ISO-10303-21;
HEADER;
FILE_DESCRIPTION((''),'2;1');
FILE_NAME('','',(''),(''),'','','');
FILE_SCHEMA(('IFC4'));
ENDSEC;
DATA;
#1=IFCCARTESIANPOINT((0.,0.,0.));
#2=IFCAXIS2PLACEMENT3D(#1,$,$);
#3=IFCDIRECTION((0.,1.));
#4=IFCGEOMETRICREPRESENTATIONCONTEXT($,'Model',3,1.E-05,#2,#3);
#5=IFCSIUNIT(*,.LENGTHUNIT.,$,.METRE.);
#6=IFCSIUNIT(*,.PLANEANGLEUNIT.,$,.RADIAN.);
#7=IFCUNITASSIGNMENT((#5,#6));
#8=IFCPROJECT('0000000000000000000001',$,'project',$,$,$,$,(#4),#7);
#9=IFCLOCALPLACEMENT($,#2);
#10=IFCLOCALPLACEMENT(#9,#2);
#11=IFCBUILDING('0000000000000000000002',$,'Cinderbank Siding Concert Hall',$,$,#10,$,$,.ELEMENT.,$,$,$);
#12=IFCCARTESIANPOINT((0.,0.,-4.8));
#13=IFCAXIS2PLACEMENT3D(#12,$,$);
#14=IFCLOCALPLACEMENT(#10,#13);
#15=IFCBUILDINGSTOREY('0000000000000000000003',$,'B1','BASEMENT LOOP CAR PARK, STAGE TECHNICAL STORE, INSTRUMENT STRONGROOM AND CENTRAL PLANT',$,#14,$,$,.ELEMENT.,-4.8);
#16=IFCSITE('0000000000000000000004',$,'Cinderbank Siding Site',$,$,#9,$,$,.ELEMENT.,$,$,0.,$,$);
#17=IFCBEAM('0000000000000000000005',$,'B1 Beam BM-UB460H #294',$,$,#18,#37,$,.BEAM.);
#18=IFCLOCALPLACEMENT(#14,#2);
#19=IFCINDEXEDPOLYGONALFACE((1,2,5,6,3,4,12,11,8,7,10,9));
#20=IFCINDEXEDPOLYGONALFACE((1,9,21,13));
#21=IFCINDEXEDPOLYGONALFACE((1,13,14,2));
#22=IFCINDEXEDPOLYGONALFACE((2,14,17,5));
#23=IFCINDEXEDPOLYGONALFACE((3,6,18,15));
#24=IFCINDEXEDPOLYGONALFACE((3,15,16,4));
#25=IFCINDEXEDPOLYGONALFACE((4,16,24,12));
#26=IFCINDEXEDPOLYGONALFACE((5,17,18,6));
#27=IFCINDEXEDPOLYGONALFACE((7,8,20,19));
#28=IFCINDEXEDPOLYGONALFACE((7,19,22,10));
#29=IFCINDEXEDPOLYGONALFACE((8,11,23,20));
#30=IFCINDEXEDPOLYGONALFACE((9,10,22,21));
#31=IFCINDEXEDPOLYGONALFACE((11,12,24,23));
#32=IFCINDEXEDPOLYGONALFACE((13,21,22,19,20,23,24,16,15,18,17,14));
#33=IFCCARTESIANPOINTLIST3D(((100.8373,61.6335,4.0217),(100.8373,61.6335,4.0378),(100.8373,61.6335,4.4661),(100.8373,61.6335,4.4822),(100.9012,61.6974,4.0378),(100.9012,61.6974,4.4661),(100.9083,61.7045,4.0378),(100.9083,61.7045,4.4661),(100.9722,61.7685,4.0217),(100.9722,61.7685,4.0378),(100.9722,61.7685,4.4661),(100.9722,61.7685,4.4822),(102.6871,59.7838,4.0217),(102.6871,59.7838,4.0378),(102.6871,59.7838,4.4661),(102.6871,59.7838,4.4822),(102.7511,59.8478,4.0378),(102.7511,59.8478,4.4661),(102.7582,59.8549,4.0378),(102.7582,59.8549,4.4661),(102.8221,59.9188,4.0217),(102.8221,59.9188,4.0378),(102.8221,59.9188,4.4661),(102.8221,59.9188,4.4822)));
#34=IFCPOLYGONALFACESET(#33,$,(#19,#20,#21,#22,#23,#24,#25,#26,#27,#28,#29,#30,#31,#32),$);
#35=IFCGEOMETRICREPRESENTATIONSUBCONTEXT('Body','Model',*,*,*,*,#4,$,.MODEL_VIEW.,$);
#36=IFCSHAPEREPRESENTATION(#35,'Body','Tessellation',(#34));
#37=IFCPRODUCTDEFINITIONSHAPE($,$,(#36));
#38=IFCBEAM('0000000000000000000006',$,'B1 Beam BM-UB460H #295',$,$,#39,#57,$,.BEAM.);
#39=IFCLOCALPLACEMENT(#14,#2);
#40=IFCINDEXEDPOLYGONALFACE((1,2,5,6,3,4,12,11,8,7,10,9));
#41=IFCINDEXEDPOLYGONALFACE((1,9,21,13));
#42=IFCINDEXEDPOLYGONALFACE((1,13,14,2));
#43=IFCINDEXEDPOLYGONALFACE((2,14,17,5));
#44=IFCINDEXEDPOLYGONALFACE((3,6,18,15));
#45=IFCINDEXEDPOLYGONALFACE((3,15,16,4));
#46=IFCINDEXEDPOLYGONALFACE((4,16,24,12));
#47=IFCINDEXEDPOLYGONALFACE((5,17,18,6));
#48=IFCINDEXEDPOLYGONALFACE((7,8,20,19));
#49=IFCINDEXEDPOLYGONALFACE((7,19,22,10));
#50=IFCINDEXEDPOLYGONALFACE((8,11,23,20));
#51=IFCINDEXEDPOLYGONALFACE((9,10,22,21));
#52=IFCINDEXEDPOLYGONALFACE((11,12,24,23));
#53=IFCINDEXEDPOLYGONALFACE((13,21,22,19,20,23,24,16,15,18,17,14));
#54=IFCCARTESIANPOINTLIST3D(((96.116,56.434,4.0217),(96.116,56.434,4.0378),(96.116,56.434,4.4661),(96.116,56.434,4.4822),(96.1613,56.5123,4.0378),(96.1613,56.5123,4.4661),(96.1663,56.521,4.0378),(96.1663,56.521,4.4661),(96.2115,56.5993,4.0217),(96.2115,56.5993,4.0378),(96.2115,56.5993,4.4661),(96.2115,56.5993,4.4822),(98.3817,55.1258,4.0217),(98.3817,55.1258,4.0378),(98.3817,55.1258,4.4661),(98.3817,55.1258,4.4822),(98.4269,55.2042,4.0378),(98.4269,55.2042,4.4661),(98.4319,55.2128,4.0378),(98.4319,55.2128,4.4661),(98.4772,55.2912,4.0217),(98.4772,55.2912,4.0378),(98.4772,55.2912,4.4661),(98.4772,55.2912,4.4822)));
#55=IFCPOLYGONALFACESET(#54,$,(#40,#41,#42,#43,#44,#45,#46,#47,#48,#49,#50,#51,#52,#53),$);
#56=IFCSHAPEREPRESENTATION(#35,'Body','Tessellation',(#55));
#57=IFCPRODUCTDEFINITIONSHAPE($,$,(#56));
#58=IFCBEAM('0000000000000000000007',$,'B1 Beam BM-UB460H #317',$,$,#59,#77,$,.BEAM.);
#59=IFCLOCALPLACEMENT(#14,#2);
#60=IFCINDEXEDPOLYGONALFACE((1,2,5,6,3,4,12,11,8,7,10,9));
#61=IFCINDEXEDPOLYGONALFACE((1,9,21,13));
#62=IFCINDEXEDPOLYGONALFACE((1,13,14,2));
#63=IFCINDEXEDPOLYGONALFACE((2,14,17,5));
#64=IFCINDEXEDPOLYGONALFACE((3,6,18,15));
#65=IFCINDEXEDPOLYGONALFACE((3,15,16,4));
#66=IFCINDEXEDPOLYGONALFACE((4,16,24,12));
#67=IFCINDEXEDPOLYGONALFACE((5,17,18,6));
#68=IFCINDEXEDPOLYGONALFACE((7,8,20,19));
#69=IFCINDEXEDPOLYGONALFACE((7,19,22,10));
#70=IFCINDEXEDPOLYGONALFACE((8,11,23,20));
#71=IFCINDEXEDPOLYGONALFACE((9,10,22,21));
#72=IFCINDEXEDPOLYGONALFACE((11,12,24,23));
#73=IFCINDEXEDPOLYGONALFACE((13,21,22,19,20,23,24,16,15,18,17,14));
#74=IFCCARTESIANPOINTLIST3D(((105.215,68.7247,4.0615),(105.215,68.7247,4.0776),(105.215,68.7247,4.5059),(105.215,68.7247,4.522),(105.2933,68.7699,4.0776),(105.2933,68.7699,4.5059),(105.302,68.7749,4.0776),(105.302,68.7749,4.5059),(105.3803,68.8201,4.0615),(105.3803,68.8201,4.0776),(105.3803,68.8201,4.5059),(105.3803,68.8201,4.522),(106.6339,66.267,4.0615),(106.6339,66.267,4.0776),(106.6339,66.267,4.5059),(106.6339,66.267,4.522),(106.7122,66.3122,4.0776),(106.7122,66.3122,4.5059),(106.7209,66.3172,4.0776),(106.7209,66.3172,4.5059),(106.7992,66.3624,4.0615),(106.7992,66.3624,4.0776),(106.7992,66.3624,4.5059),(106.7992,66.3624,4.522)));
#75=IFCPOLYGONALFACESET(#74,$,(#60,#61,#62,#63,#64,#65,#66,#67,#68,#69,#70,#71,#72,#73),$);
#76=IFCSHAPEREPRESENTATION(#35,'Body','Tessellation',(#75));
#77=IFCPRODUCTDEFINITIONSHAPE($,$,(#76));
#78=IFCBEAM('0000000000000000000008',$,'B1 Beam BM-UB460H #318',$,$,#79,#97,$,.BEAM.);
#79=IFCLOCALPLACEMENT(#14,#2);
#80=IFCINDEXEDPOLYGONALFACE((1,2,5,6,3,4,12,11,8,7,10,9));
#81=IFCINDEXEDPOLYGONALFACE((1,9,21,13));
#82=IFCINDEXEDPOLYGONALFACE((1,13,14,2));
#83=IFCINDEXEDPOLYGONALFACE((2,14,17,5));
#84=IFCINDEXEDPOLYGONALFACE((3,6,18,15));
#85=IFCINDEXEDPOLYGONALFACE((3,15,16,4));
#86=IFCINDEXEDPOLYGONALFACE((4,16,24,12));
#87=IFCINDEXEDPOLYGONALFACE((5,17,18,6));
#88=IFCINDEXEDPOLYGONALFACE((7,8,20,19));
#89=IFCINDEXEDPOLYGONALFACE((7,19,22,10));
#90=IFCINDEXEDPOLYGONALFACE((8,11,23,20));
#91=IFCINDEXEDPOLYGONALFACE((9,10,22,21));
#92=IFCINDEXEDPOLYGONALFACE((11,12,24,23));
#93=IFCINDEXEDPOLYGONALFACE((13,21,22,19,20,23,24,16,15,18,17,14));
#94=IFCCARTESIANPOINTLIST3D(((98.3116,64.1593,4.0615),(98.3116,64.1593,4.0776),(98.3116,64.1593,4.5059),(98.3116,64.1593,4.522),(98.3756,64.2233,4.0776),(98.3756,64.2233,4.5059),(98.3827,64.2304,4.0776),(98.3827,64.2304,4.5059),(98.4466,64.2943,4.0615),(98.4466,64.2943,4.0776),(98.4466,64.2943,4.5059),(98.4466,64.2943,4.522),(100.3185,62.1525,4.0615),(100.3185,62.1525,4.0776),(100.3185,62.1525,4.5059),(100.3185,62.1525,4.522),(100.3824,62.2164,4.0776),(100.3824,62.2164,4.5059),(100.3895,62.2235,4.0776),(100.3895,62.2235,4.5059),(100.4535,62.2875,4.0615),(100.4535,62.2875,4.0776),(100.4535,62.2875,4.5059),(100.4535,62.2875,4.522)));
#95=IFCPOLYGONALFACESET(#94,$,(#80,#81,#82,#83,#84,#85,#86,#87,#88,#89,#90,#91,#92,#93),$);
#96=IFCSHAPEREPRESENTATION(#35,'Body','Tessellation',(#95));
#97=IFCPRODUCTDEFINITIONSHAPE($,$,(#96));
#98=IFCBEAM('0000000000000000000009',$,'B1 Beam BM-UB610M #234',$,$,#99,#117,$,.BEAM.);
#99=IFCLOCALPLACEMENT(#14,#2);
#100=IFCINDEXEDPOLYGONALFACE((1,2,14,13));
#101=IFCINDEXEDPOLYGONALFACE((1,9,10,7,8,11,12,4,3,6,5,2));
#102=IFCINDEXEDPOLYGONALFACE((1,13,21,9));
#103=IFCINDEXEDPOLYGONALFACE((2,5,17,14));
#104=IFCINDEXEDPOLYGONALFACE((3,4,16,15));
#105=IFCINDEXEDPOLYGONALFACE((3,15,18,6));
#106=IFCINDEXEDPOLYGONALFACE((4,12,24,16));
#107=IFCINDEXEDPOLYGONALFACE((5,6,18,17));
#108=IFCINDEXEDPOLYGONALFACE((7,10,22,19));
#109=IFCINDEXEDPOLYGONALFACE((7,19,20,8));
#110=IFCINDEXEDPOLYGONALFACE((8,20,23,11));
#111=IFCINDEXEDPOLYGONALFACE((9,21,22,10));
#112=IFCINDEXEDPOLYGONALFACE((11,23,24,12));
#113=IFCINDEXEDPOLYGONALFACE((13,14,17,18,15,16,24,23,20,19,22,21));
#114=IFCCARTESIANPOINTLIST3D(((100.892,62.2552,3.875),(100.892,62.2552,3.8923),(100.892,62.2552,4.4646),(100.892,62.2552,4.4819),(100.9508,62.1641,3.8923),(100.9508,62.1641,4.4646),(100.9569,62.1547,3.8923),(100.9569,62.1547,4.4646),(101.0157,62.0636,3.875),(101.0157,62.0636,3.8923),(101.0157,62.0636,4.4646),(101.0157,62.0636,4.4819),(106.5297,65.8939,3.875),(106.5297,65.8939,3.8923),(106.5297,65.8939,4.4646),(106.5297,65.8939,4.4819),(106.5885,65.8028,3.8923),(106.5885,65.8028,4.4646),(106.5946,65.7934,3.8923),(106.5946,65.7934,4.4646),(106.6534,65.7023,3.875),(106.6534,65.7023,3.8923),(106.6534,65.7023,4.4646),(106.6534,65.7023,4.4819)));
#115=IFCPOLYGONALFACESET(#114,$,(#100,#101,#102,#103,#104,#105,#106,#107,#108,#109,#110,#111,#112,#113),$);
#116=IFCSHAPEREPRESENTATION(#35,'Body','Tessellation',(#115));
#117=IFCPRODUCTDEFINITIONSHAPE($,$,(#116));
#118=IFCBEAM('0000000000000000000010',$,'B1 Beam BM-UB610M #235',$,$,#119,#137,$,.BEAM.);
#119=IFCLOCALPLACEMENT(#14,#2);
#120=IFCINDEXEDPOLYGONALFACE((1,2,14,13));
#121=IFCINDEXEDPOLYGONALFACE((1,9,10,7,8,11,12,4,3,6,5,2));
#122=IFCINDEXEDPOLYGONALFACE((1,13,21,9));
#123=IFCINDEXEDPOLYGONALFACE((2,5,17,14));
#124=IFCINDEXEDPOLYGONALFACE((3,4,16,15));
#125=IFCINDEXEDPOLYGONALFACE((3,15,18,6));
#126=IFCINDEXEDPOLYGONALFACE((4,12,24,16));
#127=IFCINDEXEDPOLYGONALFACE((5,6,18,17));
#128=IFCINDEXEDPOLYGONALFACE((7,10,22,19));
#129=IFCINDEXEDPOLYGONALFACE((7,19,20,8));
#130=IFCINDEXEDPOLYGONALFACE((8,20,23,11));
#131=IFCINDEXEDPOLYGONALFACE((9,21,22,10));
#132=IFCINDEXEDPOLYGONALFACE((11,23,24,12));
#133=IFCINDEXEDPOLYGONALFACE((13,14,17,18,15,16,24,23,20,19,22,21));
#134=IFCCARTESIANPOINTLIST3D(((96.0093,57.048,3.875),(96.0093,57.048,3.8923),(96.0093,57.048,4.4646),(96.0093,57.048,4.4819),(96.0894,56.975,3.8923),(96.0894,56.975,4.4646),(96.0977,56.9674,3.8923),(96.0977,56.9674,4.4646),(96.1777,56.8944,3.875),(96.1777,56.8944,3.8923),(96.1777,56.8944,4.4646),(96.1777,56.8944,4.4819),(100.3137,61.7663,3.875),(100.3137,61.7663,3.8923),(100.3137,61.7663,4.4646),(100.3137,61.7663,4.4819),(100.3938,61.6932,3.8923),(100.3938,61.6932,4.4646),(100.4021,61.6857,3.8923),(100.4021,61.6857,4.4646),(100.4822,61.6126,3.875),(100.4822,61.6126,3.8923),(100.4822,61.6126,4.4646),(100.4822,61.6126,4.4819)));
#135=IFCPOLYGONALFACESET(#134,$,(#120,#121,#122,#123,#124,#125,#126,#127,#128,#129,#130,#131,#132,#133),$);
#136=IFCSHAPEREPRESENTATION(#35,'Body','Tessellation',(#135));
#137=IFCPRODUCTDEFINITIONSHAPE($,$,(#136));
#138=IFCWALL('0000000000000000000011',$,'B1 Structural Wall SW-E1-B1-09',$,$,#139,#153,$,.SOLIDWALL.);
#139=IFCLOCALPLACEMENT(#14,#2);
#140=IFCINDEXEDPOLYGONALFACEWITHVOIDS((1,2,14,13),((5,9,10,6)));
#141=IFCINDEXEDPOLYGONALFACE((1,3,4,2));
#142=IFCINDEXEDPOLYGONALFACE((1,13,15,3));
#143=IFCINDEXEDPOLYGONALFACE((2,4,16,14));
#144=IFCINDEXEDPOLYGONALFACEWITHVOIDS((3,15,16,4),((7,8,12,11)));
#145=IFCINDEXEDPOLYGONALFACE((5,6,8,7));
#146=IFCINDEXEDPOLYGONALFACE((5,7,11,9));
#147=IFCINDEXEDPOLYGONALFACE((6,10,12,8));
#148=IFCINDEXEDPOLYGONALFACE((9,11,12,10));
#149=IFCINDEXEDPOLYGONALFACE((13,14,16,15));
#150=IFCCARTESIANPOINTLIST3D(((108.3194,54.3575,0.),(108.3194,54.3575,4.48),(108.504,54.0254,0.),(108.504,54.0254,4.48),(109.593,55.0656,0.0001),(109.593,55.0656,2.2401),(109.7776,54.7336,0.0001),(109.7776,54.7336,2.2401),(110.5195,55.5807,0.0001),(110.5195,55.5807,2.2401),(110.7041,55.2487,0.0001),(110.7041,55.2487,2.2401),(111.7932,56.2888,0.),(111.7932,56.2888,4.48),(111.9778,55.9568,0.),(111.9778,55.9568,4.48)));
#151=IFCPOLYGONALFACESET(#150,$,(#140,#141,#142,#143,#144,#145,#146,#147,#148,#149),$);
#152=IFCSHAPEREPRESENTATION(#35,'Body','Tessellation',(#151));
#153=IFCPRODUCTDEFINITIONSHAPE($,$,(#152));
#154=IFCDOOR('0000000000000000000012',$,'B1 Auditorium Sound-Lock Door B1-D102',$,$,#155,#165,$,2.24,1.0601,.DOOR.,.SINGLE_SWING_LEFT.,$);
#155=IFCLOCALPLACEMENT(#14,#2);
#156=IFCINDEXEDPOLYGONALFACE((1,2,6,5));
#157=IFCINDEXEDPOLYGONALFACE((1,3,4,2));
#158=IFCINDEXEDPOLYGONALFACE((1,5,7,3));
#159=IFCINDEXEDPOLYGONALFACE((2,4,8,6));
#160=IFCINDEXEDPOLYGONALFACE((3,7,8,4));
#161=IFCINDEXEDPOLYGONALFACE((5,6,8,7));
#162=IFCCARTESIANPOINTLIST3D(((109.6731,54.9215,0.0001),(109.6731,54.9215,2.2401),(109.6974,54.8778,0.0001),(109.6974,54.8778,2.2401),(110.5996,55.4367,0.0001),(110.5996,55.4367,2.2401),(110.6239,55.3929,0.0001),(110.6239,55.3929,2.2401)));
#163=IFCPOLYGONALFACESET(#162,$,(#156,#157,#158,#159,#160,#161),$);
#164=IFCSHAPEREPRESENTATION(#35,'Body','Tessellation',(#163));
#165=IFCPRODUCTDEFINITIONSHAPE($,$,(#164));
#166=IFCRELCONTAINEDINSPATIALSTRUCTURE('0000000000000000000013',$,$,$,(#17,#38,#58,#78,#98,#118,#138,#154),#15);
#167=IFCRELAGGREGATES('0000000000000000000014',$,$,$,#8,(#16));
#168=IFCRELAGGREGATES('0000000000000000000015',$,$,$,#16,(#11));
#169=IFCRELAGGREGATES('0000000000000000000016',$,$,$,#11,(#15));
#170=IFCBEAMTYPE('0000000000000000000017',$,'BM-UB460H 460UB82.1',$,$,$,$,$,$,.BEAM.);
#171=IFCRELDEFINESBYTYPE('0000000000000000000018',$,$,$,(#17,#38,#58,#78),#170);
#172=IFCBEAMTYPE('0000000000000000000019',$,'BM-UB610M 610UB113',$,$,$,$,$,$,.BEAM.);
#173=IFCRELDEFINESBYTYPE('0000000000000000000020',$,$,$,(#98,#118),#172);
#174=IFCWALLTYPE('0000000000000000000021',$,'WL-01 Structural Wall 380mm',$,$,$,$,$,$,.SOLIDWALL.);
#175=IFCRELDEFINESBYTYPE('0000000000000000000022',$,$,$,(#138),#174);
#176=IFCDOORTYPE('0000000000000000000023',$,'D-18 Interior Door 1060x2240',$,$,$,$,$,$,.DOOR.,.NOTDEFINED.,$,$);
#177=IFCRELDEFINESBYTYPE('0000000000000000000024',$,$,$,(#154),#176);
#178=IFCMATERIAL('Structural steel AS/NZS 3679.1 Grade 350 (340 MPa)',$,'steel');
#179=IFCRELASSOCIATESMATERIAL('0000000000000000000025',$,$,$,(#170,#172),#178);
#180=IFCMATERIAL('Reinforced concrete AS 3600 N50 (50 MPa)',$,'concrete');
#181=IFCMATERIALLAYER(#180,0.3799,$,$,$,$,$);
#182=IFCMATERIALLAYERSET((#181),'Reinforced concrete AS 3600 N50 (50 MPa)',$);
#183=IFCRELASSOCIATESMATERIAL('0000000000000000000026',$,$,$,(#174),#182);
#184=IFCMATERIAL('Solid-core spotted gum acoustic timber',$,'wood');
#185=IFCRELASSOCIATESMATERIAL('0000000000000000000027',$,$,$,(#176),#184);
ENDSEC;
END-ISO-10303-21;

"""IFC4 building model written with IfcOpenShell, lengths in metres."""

from ifc_helpers import new_model, si_unit, direction, frame, frame_2d, origin, origin_2d, place, context, subcontext, project, spatial, rectangle, i_section, extrude, material, layer, layer_set, material_profile, profile_set, type_object, element, fill, save


model = new_model("IFC4")

# Units and contexts
model_context = context("Model", 3, precision=1e-05, world=origin(), true_north=direction((0.0, 1.0)))
body_context = subcontext(model_context, "Body", "Model", "MODEL_VIEW")
ifc_project = project(units=[si_unit("LENGTHUNIT", "METRE"), si_unit("PLANEANGLEUNIT", "RADIAN")], contexts=[model_context])

# Site, building, storey
site_placement = place(None, origin())
site = spatial("IfcSite", under=ifc_project, at=site_placement, Name="Cinderbank Siding Site", CompositionType="ELEMENT", RefElevation=0.0)
building_placement = place(site_placement, origin())
building = spatial("IfcBuilding", under=site, at=building_placement, Name="Cinderbank Siding Concert Hall", CompositionType="ELEMENT")
storey_placement = place(building_placement, frame((0.0, 0.0, -4.8)))
storey = spatial("IfcBuildingStorey", under=building, at=storey_placement, Name="B1", Description="BASEMENT LOOP CAR PARK, STAGE TECHNICAL STORE, INSTRUMENT STRONGROOM AND CENTRAL PLANT", CompositionType="ELEMENT", Elevation=-4.8)

# Shared definitions
ifc_material_1 = material(Name="Reinforced concrete AS 3600 N50 (50 MPa)", Category="concrete")

# Beams
ifc_material_2 = material(Name="Structural steel AS/NZS 3679.1 Grade 350 (340 MPa)", Category="steel")
ifc_material_profile_1 = material_profile(ifc_material_2, i_section(OverallWidth=0.1909, OverallDepth=0.4604, WebThickness=0.01, FlangeThickness=0.0161, at=origin_2d()), Name="460UB82.1", Category="LoadBearing")
ifc_profile_set_1 = profile_set([ifc_material_profile_1], Name="Structural steel AS/NZS 3679.1 Grade 350 (340 MPa)")
beam_type_1 = type_object("IfcBeamType", Name="BM-UB460H 460UB82.1", PredefinedType="BEAM", material=ifc_profile_set_1)
beam_1_placement = place(storey_placement, frame((102.7546, 59.8513, 4.252), z_axis=(-0.707153, 0.70706, 0.0), x_axis=(-0.70706, -0.707153, 0.0)))
element("IfcBeam", 1, at=beam_1_placement, inside=storey, type_object=beam_type_1, Name="B1 Beam BM-UB460H #294", PredefinedType="BEAM", context=body_context, shape_type="SweptSolid", body=[
    extrude(i_section(OverallWidth=0.1909, OverallDepth=0.4604, WebThickness=0.01, FlangeThickness=0.0161, at=origin_2d()), origin(), (0.0, 0.0, 1.0), 2.616),
])
beam_2_placement = place(storey_placement, frame((98.4294, 55.2085, 4.252), z_axis=(-0.866018, 0.500013, 0.0), x_axis=(-0.500013, -0.866018, 0.0)))
element("IfcBeam", 2, at=beam_2_placement, inside=storey, type_object=beam_type_1, Name="B1 Beam BM-UB460H #295", PredefinedType="BEAM", context=body_context, shape_type="SweptSolid", body=[
    extrude(i_section(OverallWidth=0.1909, OverallDepth=0.4604, WebThickness=0.01, FlangeThickness=0.0161, at=origin_2d()), origin(), (0.0, 0.0, 1.0), 2.6162),
])
beam_3_placement = place(storey_placement, frame((106.7166, 66.3147, 4.2917), z_axis=(-0.499988, 0.866032, 0.0), x_axis=(-0.866032, -0.499988, 0.0)))
element("IfcBeam", 3, at=beam_3_placement, inside=storey, type_object=beam_type_1, Name="B1 Beam BM-UB460H #317", PredefinedType="BEAM", context=body_context, shape_type="SweptSolid", body=[
    extrude(i_section(OverallWidth=0.1909, OverallDepth=0.4604, WebThickness=0.01, FlangeThickness=0.0161, at=origin_2d()), origin(), (0.0, 0.0, 1.0), 2.8379),
])
beam_4_placement = place(storey_placement, frame((100.386, 62.22, 4.2917), z_axis=(-0.707107, 0.707107, 0.0), x_axis=(-0.707107, -0.707107, 0.0)))
element("IfcBeam", 4, at=beam_4_placement, inside=storey, type_object=beam_type_1, Name="B1 Beam BM-UB460H #318", PredefinedType="BEAM", context=body_context, shape_type="SweptSolid", body=[
    extrude(i_section(OverallWidth=0.1909, OverallDepth=0.4604, WebThickness=0.01, FlangeThickness=0.0161, at=origin_2d()), origin(), (0.0, 0.0, 1.0), 2.8381),
])
ifc_material_profile_2 = material_profile(ifc_material_2, i_section(OverallWidth=0.228, OverallDepth=0.6069, WebThickness=0.0112, FlangeThickness=0.0173, at=origin_2d()), Name="610UB113", Category="LoadBearing")
ifc_profile_set_2 = profile_set([ifc_material_profile_2], Name="Structural steel AS/NZS 3679.1 Grade 350 (340 MPa)")
beam_type_2 = type_object("IfcBeamType", Name="BM-UB610M 610UB113", PredefinedType="BEAM", material=ifc_profile_set_2)
beam_5_placement = place(storey_placement, frame((106.5916, 65.7981, 4.1785), z_axis=(-0.840198, -0.542279, 0.0), x_axis=(0.542279, -0.840198, 0.0)))
element("IfcBeam", 5, at=beam_5_placement, inside=storey, type_object=beam_type_2, Name="B1 Beam BM-UB610M #234", PredefinedType="BEAM", context=body_context, shape_type="SweptSolid", body=[
    extrude(i_section(OverallWidth=0.228, OverallDepth=0.6069, WebThickness=0.0112, FlangeThickness=0.0173, at=origin_2d()), origin(), (0.0, 0.0, 1.0), 6.71),
])
beam_6_placement = place(storey_placement, frame((100.3979, 61.6895, 4.1785), z_axis=(-0.673967, -0.738761, 0.0), x_axis=(0.738761, -0.673967, 0.0)))
element("IfcBeam", 6, at=beam_6_placement, inside=storey, type_object=beam_type_2, Name="B1 Beam BM-UB610M #235", PredefinedType="BEAM", context=body_context, shape_type="SweptSolid", body=[
    extrude(i_section(OverallWidth=0.228, OverallDepth=0.6069, WebThickness=0.0112, FlangeThickness=0.0173, at=origin_2d()), origin(), (0.0, 0.0, 1.0), 6.3867),
])

# Wall, opening, door
ifc_layer_1 = layer(ifc_material_1, 0.3799)
ifc_layer_set_1 = layer_set([ifc_layer_1], Name="Reinforced concrete AS 3600 N50 (50 MPa)")
wall_type_1 = type_object("IfcWallType", Name="WL-01 Structural Wall 380mm", PredefinedType="SOLIDWALL", material=ifc_layer_set_1)
wall_1_placement = place(storey_placement, frame((111.8855, 56.1228, 0.0), z_axis=(0.0, 0.0, 1.0), x_axis=(-0.874001, -0.485925, 0.0)))
wall_1 = element("IfcWall", 7, at=wall_1_placement, inside=storey, type_object=wall_type_1, Name="B1 Structural Wall SW-E1-B1-09", PredefinedType="SOLIDWALL", context=body_context, shape_type="SweptSolid", body=[
    extrude(rectangle(XDim=3.9746, YDim=0.3799, at=frame_2d((1.9873, 0.0))), origin(), (0.0, 0.0, 1.0), 4.48),
])
opening_1_placement = place(wall_1_placement, frame((1.4573, 0.0, 0.0)))
opening_1 = element("IfcOpeningElement", 8, at=opening_1_placement, cuts=wall_1, PredefinedType="OPENING", context=body_context, shape_type="SweptSolid", body=[
    extrude(rectangle(XDim=1.0601, YDim=2.24, at=frame_2d((0.53, 1.1201))), frame((0.0, 0.2019, 0.0), z_axis=(0.0, -1.0, 0.0), x_axis=(1.0, 0.0, 0.0)), (0.0, 0.0, 1.0), 0.4038),
])
ifc_material_3 = material(Name="Solid-core spotted gum acoustic timber", Category="wood")
door_type_1 = type_object("IfcDoorType", Name="D-18 Interior Door 1060x2240", OperationType="NOTDEFINED", PredefinedType="DOOR", material=ifc_material_3)
door_1_placement = place(opening_1_placement, origin())
door_1 = element("IfcDoor", 9, at=door_1_placement, inside=storey, type_object=door_type_1, Name="B1 Auditorium Sound-Lock Door B1-D102", OperationType="SINGLE_SWING_LEFT", OverallHeight=2.24, OverallWidth=1.0601, PredefinedType="DOOR", context=body_context, shape_type="SweptSolid", body=[
    extrude(rectangle(XDim=1.0601, YDim=2.24, at=frame_2d((0.53, 1.1201))), frame((0.0, 0.0249, 0.0), z_axis=(0.0, -1.0, 0.0), x_axis=(1.0, 0.0, 0.0)), (0.0, 0.0, 1.0), 0.05),
])
fill(opening_1, door_1)

save(model, "model.ifc")
